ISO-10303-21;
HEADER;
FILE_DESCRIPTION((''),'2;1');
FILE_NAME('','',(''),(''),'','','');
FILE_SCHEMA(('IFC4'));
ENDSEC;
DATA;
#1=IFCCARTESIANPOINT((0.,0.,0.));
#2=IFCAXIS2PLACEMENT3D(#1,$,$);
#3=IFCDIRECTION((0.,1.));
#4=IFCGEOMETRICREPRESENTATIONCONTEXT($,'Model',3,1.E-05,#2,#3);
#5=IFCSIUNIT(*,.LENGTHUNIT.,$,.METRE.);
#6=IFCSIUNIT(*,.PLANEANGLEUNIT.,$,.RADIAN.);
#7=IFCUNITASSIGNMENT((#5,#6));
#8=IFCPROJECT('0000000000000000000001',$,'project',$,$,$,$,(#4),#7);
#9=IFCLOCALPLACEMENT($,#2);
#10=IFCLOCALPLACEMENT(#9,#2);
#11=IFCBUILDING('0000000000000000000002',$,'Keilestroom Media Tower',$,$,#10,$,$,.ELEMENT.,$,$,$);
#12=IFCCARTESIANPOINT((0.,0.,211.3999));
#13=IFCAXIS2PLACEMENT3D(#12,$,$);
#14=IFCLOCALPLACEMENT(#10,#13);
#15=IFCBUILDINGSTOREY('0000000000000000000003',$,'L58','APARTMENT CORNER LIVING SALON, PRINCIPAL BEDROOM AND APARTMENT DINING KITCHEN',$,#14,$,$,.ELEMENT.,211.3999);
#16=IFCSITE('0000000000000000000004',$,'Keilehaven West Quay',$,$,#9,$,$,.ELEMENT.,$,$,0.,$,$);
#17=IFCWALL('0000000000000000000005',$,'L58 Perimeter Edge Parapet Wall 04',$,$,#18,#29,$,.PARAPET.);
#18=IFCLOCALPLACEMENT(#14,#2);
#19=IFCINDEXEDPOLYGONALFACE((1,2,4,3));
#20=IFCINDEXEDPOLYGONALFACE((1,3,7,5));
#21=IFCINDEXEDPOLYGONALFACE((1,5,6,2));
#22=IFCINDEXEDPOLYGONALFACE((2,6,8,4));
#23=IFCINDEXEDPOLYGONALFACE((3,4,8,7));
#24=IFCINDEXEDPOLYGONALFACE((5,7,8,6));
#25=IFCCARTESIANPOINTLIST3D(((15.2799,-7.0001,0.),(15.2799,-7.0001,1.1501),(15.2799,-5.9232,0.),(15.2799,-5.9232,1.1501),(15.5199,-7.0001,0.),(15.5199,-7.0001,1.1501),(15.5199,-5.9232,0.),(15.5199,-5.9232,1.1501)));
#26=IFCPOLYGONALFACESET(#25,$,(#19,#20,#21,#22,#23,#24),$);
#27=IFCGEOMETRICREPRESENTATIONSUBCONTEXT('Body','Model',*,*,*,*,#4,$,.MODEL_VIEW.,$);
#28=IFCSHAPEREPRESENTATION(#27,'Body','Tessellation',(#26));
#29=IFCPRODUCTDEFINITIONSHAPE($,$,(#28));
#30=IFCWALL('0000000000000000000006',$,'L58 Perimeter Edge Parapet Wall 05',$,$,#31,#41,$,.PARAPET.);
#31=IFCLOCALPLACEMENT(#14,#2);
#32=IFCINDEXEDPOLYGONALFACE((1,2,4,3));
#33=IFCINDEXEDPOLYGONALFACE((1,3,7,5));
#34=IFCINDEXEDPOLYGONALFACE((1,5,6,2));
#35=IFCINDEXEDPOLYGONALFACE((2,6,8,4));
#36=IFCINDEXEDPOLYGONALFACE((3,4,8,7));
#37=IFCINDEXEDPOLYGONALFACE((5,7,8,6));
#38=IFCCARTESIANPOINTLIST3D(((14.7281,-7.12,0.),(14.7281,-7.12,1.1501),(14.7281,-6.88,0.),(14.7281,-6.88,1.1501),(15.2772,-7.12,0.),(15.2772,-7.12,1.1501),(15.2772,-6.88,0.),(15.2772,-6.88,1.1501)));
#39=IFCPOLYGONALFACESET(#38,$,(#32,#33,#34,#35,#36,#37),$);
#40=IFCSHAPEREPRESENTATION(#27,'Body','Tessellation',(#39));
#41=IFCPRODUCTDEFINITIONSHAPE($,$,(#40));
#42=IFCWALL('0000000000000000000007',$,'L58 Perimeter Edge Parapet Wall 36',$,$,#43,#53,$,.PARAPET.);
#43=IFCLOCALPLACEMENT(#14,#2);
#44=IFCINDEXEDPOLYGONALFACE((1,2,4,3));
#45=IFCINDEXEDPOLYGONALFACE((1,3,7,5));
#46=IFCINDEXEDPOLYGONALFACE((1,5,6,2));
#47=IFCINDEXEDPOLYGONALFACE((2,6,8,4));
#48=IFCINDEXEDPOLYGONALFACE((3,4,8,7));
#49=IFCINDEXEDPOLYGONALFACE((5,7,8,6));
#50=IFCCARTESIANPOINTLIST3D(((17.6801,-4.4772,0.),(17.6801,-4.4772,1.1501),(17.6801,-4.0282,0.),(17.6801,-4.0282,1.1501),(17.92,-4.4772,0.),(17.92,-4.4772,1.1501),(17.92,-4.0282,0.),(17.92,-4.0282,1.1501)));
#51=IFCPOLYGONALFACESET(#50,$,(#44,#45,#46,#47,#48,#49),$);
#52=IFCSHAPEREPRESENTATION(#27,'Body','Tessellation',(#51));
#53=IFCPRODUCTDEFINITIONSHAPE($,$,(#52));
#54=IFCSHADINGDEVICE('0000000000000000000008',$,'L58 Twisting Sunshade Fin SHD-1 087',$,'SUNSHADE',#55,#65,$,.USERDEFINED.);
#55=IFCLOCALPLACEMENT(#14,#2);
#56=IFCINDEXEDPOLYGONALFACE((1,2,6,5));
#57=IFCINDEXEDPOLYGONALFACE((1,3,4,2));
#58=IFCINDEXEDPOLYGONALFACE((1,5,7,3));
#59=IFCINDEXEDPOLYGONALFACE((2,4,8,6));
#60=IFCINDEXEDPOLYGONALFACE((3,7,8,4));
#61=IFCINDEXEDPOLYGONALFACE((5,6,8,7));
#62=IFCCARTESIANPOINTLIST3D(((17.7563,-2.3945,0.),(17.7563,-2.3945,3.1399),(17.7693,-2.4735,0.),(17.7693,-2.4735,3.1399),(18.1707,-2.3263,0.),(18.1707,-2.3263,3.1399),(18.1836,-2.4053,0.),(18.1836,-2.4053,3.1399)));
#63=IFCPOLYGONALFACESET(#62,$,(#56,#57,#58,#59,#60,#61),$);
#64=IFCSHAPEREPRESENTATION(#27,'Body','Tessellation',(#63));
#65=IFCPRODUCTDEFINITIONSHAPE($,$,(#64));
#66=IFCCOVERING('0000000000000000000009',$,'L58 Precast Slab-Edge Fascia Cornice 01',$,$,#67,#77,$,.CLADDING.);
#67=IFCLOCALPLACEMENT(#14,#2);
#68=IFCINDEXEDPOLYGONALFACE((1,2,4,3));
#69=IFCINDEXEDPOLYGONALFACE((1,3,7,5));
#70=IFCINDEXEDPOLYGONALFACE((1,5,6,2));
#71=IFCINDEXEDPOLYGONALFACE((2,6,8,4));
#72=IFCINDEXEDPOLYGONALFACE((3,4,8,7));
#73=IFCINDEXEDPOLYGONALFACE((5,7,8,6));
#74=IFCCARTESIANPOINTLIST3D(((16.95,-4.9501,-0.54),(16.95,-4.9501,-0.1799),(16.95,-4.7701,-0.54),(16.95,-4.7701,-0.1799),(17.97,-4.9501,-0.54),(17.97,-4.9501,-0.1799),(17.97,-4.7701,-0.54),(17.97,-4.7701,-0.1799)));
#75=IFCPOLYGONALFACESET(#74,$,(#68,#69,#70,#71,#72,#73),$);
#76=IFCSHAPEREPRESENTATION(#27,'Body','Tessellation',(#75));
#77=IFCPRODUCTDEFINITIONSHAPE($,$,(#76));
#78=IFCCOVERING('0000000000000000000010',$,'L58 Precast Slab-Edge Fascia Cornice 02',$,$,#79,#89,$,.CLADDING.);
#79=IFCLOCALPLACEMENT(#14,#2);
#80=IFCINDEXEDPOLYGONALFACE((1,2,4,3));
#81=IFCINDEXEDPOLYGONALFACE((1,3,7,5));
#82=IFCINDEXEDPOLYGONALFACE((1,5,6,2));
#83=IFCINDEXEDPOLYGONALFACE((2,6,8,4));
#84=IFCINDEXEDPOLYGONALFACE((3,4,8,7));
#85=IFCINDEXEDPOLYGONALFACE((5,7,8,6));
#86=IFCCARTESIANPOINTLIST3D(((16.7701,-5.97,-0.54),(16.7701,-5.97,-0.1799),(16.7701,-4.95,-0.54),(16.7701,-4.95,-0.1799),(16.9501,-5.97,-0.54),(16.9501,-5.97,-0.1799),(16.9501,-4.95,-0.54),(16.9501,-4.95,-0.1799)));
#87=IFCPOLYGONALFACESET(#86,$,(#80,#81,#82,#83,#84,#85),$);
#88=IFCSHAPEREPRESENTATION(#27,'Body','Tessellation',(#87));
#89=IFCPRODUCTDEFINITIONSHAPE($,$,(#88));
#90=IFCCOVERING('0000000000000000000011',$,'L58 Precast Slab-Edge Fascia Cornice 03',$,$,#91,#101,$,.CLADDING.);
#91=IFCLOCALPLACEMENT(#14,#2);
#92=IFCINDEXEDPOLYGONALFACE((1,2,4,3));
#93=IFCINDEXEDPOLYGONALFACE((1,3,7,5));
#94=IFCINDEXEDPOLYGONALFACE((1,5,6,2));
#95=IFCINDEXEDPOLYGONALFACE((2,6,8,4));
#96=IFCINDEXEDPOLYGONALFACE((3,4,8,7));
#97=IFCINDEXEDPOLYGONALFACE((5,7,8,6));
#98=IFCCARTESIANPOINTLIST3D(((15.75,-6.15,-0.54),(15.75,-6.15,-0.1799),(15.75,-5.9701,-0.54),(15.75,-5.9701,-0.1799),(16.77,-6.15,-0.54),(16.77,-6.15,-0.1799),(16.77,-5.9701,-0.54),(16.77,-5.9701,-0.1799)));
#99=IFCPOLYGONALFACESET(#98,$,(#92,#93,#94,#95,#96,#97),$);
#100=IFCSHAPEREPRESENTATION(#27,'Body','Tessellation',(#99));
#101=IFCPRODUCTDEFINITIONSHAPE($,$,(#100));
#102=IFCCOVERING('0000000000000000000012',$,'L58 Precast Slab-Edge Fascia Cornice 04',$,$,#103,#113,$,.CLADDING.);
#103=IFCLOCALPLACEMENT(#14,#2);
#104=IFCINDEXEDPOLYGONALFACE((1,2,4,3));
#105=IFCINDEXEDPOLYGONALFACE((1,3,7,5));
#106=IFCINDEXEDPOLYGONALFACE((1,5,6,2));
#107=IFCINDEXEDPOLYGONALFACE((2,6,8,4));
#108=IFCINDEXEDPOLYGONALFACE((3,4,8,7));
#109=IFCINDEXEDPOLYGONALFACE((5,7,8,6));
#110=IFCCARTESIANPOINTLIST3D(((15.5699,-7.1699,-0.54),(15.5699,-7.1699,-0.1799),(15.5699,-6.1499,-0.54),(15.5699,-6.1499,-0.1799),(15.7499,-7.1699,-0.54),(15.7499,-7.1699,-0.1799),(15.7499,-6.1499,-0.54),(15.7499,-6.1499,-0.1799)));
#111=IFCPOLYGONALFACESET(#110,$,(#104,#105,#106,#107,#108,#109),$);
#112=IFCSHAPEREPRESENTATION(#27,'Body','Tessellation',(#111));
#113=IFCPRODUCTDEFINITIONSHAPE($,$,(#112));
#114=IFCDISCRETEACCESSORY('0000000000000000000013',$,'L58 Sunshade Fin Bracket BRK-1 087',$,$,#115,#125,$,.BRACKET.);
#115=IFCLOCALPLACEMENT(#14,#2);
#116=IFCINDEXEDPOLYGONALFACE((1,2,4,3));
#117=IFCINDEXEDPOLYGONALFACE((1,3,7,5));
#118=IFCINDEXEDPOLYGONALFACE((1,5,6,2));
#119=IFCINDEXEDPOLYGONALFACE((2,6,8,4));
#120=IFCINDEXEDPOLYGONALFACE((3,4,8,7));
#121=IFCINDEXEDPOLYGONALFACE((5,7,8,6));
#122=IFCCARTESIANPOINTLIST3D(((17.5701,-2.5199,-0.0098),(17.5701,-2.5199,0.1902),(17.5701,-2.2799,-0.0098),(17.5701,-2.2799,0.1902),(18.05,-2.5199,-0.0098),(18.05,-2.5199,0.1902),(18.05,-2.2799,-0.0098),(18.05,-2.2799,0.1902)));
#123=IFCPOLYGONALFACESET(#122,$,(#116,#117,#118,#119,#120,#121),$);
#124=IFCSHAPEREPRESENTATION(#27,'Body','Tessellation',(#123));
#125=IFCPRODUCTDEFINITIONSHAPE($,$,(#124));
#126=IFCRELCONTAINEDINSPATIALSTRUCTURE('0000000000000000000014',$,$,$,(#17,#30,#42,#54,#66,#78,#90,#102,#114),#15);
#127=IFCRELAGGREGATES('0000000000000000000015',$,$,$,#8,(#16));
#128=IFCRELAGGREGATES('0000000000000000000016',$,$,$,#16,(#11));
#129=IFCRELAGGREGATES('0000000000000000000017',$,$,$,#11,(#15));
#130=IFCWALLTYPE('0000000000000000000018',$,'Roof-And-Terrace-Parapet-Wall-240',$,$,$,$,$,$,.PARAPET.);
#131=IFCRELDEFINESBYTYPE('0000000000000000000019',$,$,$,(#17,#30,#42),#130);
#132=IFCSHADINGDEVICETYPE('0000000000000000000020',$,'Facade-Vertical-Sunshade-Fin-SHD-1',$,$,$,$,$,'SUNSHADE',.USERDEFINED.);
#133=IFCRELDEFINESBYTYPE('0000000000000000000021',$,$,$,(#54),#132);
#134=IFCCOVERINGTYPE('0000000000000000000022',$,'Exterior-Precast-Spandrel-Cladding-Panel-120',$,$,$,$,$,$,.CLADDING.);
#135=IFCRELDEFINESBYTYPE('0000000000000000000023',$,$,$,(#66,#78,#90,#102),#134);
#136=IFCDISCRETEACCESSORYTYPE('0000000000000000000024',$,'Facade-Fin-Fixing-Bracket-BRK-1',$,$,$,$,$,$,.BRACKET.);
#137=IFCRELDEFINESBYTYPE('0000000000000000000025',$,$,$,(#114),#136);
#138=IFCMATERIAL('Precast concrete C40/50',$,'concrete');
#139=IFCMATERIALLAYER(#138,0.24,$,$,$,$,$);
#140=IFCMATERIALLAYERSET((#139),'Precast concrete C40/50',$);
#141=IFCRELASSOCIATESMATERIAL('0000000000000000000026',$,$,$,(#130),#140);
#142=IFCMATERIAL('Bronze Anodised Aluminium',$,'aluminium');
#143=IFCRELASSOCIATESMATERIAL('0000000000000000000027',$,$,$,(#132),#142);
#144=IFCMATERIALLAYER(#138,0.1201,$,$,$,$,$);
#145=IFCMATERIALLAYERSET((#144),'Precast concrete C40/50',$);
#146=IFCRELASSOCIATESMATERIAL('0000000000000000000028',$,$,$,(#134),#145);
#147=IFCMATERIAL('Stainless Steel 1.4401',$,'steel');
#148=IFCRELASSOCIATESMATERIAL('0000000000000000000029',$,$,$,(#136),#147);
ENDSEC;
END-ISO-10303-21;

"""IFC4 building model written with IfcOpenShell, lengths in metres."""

from ifc_helpers import new_model, si_unit, direction, frame, frame_2d, origin, origin_2d, place, context, subcontext, project, spatial, rectangle, extrude, source, transform, mapped, material, layer, layer_set, type_object, element, save


model = new_model("IFC4")

# Units and contexts
model_context = context("Model", 3, precision=1e-05, world=origin(), true_north=direction((0.0, 1.0)))
body_context = subcontext(model_context, "Body", "Model", "MODEL_VIEW")
ifc_project = project(units=[si_unit("LENGTHUNIT", "METRE"), si_unit("PLANEANGLEUNIT", "RADIAN")], contexts=[model_context])

# Site, building, storey
site_placement = place(None, origin())
site = spatial("IfcSite", under=ifc_project, at=site_placement, Name="Keilehaven West Quay", CompositionType="ELEMENT", RefElevation=0.0)
building_placement = place(site_placement, origin())
building = spatial("IfcBuilding", under=site, at=building_placement, Name="Keilestroom Media Tower", CompositionType="ELEMENT")
storey_placement = place(building_placement, frame((0.0, 0.0, 211.3999)))
storey = spatial("IfcBuildingStorey", under=building, at=storey_placement, Name="L58", Description="APARTMENT CORNER LIVING SALON, PRINCIPAL BEDROOM AND APARTMENT DINING KITCHEN", CompositionType="ELEMENT", Elevation=211.3999)

# Shared definitions
ifc_material_1 = material(Name="Precast concrete C40/50", Category="concrete")

# Walls
ifc_layer_1 = layer(ifc_material_1, 0.24)
ifc_layer_set_1 = layer_set([ifc_layer_1], Name="Precast concrete C40/50")
wall_type = type_object("IfcWallType", Name="Roof-And-Terrace-Parapet-Wall-240", PredefinedType="PARAPET", material=ifc_layer_set_1)
wall_1_placement = place(storey_placement, frame((15.3999, -5.9231, 0.0), z_axis=(0.0, 0.0, 1.0), x_axis=(0.0, -1.0, 0.0)))
element("IfcWall", 1, at=wall_1_placement, inside=storey, type_object=wall_type, Name="L58 Perimeter Edge Parapet Wall 04", PredefinedType="PARAPET", context=body_context, shape_type="SweptSolid", body=[
    extrude(rectangle(XDim=1.0769, YDim=0.24, at=frame_2d((0.5386, 0.0))), origin(), (0.0, 0.0, 1.0), 1.1501),
])
wall_2_placement = place(storey_placement, frame((15.2771, -7.0, 0.0), z_axis=(0.0, 0.0, 1.0), x_axis=(-1.0, 0.0, 0.0)))
element("IfcWall", 2, at=wall_2_placement, inside=storey, type_object=wall_type, Name="L58 Perimeter Edge Parapet Wall 05", PredefinedType="PARAPET", context=body_context, shape_type="SweptSolid", body=[
    extrude(rectangle(XDim=0.5491, YDim=0.24, at=frame_2d((0.2744, 0.0))), origin(), (0.0, 0.0, 1.0), 1.1501),
])
wall_3_placement = place(storey_placement, frame((17.8, -4.0281, 0.0), z_axis=(0.0, 0.0, 1.0), x_axis=(0.0, -1.0, 0.0)))
element("IfcWall", 3, at=wall_3_placement, inside=storey, type_object=wall_type, Name="L58 Perimeter Edge Parapet Wall 36", PredefinedType="PARAPET", context=body_context, shape_type="SweptSolid", body=[
    extrude(rectangle(XDim=0.449, YDim=0.24, at=frame_2d((0.2246, 0.0))), origin(), (0.0, 0.0, 1.0), 1.1501),
])

# Shading device
ifc_material_2 = material(Name="Bronze Anodised Aluminium", Category="aluminium")
shading_device_type = type_object("IfcShadingDeviceType", Name="Facade-Vertical-Sunshade-Fin-SHD-1", ElementType="SUNSHADE", PredefinedType="USERDEFINED", material=ifc_material_2)
shared_shape_1 = source(origin(), body_context, "Body", "SweptSolid", [
    extrude(rectangle(XDim=0.4199, YDim=0.0801, at=origin_2d()), origin(), (0.0, 0.0, 1.0), 3.1399),
])
shading_device_placement = place(storey_placement, frame((17.97, -2.3999, 0.0), z_axis=(0.0, 0.0, 1.0), x_axis=(0.986743, 0.162293, 0.0)))
element("IfcShadingDevice", 4, at=shading_device_placement, inside=storey, type_object=shading_device_type, Name="L58 Twisting Sunshade Fin SHD-1 087", ObjectType="SUNSHADE", PredefinedType="USERDEFINED", context=body_context, shape_type="MappedRepresentation", body=[
    mapped(shared_shape_1, transform((0.0, 0.0, 0.0), x_axis=(1.0, 0.0, 0.0), y_axis=(0.0, 1.0, 0.0), z_axis=(0.0, 0.0, 1.0), scale=1.0)),
])

# Coverings
ifc_layer_2 = layer(ifc_material_1, 0.1201)
ifc_layer_set_2 = layer_set([ifc_layer_2], Name="Precast concrete C40/50")
covering_type = type_object("IfcCoveringType", Name="Exterior-Precast-Spandrel-Cladding-Panel-120", PredefinedType="CLADDING", material=ifc_layer_set_2)
shared_shape_2 = source(origin(), body_context, "Body", "SweptSolid", [
    extrude(rectangle(XDim=1.02, YDim=0.1799, at=origin_2d()), origin(), (0.0, 0.0, 1.0), 0.3601),
])
for number, where, z_axis, x_axis, name in (
    (5, (17.46, -4.8601, -0.54), (0.0, 0.0, 1.0), (-1.0, 0.0, 0.0), "L58 Precast Slab-Edge Fascia Cornice 01"),
    (6, (16.8601, -5.46, -0.54), (0.0, 0.0, 1.0), (0.0, -1.0, 0.0), "L58 Precast Slab-Edge Fascia Cornice 02"),
    (7, (16.26, -6.0601, -0.54), (0.0, 0.0, 1.0), (-1.0, 0.0, 0.0), "L58 Precast Slab-Edge Fascia Cornice 03"),
    (8, (15.6599, -6.6599, -0.54), (0.0, 0.0, 1.0), (0.0, -1.0, 0.0), "L58 Precast Slab-Edge Fascia Cornice 04"),
):
    element("IfcCovering", number, at=place(storey_placement, frame(where, z_axis=z_axis, x_axis=x_axis)), inside=storey, type_object=covering_type, Name=name, PredefinedType="CLADDING", context=body_context, shape_type="MappedRepresentation", body=[
        mapped(shared_shape_2, transform((0.0, 0.0, 0.0), x_axis=(1.0, 0.0, 0.0), y_axis=(0.0, 1.0, 0.0), z_axis=(0.0, 0.0, 1.0), scale=1.0)),
    ])

# Discrete accessory
ifc_material_3 = material(Name="Stainless Steel 1.4401", Category="steel")
discrete_accessory_type = type_object("IfcDiscreteAccessoryType", Name="Facade-Fin-Fixing-Bracket-BRK-1", PredefinedType="BRACKET", material=ifc_material_3)
shared_shape_3 = source(origin(), body_context, "Body", "SweptSolid", [
    extrude(rectangle(XDim=0.48, YDim=0.24, at=origin_2d()), origin(), (0.0, 0.0, 1.0), 0.2),
])
discrete_accessory_placement = place(storey_placement, frame((17.8101, -2.3999, -0.0098), z_axis=(0.0, 0.0, 1.0), x_axis=(1.0, 0.0, 0.0)))
element("IfcDiscreteAccessory", 9, at=discrete_accessory_placement, inside=storey, type_object=discrete_accessory_type, Name="L58 Sunshade Fin Bracket BRK-1 087", PredefinedType="BRACKET", context=body_context, shape_type="MappedRepresentation", body=[
    mapped(shared_shape_3, transform((0.0, 0.0, 0.0), x_axis=(1.0, 0.0, 0.0), y_axis=(0.0, 1.0, 0.0), z_axis=(0.0, 0.0, 1.0), scale=1.0)),
])

save(model, "model.ifc")
